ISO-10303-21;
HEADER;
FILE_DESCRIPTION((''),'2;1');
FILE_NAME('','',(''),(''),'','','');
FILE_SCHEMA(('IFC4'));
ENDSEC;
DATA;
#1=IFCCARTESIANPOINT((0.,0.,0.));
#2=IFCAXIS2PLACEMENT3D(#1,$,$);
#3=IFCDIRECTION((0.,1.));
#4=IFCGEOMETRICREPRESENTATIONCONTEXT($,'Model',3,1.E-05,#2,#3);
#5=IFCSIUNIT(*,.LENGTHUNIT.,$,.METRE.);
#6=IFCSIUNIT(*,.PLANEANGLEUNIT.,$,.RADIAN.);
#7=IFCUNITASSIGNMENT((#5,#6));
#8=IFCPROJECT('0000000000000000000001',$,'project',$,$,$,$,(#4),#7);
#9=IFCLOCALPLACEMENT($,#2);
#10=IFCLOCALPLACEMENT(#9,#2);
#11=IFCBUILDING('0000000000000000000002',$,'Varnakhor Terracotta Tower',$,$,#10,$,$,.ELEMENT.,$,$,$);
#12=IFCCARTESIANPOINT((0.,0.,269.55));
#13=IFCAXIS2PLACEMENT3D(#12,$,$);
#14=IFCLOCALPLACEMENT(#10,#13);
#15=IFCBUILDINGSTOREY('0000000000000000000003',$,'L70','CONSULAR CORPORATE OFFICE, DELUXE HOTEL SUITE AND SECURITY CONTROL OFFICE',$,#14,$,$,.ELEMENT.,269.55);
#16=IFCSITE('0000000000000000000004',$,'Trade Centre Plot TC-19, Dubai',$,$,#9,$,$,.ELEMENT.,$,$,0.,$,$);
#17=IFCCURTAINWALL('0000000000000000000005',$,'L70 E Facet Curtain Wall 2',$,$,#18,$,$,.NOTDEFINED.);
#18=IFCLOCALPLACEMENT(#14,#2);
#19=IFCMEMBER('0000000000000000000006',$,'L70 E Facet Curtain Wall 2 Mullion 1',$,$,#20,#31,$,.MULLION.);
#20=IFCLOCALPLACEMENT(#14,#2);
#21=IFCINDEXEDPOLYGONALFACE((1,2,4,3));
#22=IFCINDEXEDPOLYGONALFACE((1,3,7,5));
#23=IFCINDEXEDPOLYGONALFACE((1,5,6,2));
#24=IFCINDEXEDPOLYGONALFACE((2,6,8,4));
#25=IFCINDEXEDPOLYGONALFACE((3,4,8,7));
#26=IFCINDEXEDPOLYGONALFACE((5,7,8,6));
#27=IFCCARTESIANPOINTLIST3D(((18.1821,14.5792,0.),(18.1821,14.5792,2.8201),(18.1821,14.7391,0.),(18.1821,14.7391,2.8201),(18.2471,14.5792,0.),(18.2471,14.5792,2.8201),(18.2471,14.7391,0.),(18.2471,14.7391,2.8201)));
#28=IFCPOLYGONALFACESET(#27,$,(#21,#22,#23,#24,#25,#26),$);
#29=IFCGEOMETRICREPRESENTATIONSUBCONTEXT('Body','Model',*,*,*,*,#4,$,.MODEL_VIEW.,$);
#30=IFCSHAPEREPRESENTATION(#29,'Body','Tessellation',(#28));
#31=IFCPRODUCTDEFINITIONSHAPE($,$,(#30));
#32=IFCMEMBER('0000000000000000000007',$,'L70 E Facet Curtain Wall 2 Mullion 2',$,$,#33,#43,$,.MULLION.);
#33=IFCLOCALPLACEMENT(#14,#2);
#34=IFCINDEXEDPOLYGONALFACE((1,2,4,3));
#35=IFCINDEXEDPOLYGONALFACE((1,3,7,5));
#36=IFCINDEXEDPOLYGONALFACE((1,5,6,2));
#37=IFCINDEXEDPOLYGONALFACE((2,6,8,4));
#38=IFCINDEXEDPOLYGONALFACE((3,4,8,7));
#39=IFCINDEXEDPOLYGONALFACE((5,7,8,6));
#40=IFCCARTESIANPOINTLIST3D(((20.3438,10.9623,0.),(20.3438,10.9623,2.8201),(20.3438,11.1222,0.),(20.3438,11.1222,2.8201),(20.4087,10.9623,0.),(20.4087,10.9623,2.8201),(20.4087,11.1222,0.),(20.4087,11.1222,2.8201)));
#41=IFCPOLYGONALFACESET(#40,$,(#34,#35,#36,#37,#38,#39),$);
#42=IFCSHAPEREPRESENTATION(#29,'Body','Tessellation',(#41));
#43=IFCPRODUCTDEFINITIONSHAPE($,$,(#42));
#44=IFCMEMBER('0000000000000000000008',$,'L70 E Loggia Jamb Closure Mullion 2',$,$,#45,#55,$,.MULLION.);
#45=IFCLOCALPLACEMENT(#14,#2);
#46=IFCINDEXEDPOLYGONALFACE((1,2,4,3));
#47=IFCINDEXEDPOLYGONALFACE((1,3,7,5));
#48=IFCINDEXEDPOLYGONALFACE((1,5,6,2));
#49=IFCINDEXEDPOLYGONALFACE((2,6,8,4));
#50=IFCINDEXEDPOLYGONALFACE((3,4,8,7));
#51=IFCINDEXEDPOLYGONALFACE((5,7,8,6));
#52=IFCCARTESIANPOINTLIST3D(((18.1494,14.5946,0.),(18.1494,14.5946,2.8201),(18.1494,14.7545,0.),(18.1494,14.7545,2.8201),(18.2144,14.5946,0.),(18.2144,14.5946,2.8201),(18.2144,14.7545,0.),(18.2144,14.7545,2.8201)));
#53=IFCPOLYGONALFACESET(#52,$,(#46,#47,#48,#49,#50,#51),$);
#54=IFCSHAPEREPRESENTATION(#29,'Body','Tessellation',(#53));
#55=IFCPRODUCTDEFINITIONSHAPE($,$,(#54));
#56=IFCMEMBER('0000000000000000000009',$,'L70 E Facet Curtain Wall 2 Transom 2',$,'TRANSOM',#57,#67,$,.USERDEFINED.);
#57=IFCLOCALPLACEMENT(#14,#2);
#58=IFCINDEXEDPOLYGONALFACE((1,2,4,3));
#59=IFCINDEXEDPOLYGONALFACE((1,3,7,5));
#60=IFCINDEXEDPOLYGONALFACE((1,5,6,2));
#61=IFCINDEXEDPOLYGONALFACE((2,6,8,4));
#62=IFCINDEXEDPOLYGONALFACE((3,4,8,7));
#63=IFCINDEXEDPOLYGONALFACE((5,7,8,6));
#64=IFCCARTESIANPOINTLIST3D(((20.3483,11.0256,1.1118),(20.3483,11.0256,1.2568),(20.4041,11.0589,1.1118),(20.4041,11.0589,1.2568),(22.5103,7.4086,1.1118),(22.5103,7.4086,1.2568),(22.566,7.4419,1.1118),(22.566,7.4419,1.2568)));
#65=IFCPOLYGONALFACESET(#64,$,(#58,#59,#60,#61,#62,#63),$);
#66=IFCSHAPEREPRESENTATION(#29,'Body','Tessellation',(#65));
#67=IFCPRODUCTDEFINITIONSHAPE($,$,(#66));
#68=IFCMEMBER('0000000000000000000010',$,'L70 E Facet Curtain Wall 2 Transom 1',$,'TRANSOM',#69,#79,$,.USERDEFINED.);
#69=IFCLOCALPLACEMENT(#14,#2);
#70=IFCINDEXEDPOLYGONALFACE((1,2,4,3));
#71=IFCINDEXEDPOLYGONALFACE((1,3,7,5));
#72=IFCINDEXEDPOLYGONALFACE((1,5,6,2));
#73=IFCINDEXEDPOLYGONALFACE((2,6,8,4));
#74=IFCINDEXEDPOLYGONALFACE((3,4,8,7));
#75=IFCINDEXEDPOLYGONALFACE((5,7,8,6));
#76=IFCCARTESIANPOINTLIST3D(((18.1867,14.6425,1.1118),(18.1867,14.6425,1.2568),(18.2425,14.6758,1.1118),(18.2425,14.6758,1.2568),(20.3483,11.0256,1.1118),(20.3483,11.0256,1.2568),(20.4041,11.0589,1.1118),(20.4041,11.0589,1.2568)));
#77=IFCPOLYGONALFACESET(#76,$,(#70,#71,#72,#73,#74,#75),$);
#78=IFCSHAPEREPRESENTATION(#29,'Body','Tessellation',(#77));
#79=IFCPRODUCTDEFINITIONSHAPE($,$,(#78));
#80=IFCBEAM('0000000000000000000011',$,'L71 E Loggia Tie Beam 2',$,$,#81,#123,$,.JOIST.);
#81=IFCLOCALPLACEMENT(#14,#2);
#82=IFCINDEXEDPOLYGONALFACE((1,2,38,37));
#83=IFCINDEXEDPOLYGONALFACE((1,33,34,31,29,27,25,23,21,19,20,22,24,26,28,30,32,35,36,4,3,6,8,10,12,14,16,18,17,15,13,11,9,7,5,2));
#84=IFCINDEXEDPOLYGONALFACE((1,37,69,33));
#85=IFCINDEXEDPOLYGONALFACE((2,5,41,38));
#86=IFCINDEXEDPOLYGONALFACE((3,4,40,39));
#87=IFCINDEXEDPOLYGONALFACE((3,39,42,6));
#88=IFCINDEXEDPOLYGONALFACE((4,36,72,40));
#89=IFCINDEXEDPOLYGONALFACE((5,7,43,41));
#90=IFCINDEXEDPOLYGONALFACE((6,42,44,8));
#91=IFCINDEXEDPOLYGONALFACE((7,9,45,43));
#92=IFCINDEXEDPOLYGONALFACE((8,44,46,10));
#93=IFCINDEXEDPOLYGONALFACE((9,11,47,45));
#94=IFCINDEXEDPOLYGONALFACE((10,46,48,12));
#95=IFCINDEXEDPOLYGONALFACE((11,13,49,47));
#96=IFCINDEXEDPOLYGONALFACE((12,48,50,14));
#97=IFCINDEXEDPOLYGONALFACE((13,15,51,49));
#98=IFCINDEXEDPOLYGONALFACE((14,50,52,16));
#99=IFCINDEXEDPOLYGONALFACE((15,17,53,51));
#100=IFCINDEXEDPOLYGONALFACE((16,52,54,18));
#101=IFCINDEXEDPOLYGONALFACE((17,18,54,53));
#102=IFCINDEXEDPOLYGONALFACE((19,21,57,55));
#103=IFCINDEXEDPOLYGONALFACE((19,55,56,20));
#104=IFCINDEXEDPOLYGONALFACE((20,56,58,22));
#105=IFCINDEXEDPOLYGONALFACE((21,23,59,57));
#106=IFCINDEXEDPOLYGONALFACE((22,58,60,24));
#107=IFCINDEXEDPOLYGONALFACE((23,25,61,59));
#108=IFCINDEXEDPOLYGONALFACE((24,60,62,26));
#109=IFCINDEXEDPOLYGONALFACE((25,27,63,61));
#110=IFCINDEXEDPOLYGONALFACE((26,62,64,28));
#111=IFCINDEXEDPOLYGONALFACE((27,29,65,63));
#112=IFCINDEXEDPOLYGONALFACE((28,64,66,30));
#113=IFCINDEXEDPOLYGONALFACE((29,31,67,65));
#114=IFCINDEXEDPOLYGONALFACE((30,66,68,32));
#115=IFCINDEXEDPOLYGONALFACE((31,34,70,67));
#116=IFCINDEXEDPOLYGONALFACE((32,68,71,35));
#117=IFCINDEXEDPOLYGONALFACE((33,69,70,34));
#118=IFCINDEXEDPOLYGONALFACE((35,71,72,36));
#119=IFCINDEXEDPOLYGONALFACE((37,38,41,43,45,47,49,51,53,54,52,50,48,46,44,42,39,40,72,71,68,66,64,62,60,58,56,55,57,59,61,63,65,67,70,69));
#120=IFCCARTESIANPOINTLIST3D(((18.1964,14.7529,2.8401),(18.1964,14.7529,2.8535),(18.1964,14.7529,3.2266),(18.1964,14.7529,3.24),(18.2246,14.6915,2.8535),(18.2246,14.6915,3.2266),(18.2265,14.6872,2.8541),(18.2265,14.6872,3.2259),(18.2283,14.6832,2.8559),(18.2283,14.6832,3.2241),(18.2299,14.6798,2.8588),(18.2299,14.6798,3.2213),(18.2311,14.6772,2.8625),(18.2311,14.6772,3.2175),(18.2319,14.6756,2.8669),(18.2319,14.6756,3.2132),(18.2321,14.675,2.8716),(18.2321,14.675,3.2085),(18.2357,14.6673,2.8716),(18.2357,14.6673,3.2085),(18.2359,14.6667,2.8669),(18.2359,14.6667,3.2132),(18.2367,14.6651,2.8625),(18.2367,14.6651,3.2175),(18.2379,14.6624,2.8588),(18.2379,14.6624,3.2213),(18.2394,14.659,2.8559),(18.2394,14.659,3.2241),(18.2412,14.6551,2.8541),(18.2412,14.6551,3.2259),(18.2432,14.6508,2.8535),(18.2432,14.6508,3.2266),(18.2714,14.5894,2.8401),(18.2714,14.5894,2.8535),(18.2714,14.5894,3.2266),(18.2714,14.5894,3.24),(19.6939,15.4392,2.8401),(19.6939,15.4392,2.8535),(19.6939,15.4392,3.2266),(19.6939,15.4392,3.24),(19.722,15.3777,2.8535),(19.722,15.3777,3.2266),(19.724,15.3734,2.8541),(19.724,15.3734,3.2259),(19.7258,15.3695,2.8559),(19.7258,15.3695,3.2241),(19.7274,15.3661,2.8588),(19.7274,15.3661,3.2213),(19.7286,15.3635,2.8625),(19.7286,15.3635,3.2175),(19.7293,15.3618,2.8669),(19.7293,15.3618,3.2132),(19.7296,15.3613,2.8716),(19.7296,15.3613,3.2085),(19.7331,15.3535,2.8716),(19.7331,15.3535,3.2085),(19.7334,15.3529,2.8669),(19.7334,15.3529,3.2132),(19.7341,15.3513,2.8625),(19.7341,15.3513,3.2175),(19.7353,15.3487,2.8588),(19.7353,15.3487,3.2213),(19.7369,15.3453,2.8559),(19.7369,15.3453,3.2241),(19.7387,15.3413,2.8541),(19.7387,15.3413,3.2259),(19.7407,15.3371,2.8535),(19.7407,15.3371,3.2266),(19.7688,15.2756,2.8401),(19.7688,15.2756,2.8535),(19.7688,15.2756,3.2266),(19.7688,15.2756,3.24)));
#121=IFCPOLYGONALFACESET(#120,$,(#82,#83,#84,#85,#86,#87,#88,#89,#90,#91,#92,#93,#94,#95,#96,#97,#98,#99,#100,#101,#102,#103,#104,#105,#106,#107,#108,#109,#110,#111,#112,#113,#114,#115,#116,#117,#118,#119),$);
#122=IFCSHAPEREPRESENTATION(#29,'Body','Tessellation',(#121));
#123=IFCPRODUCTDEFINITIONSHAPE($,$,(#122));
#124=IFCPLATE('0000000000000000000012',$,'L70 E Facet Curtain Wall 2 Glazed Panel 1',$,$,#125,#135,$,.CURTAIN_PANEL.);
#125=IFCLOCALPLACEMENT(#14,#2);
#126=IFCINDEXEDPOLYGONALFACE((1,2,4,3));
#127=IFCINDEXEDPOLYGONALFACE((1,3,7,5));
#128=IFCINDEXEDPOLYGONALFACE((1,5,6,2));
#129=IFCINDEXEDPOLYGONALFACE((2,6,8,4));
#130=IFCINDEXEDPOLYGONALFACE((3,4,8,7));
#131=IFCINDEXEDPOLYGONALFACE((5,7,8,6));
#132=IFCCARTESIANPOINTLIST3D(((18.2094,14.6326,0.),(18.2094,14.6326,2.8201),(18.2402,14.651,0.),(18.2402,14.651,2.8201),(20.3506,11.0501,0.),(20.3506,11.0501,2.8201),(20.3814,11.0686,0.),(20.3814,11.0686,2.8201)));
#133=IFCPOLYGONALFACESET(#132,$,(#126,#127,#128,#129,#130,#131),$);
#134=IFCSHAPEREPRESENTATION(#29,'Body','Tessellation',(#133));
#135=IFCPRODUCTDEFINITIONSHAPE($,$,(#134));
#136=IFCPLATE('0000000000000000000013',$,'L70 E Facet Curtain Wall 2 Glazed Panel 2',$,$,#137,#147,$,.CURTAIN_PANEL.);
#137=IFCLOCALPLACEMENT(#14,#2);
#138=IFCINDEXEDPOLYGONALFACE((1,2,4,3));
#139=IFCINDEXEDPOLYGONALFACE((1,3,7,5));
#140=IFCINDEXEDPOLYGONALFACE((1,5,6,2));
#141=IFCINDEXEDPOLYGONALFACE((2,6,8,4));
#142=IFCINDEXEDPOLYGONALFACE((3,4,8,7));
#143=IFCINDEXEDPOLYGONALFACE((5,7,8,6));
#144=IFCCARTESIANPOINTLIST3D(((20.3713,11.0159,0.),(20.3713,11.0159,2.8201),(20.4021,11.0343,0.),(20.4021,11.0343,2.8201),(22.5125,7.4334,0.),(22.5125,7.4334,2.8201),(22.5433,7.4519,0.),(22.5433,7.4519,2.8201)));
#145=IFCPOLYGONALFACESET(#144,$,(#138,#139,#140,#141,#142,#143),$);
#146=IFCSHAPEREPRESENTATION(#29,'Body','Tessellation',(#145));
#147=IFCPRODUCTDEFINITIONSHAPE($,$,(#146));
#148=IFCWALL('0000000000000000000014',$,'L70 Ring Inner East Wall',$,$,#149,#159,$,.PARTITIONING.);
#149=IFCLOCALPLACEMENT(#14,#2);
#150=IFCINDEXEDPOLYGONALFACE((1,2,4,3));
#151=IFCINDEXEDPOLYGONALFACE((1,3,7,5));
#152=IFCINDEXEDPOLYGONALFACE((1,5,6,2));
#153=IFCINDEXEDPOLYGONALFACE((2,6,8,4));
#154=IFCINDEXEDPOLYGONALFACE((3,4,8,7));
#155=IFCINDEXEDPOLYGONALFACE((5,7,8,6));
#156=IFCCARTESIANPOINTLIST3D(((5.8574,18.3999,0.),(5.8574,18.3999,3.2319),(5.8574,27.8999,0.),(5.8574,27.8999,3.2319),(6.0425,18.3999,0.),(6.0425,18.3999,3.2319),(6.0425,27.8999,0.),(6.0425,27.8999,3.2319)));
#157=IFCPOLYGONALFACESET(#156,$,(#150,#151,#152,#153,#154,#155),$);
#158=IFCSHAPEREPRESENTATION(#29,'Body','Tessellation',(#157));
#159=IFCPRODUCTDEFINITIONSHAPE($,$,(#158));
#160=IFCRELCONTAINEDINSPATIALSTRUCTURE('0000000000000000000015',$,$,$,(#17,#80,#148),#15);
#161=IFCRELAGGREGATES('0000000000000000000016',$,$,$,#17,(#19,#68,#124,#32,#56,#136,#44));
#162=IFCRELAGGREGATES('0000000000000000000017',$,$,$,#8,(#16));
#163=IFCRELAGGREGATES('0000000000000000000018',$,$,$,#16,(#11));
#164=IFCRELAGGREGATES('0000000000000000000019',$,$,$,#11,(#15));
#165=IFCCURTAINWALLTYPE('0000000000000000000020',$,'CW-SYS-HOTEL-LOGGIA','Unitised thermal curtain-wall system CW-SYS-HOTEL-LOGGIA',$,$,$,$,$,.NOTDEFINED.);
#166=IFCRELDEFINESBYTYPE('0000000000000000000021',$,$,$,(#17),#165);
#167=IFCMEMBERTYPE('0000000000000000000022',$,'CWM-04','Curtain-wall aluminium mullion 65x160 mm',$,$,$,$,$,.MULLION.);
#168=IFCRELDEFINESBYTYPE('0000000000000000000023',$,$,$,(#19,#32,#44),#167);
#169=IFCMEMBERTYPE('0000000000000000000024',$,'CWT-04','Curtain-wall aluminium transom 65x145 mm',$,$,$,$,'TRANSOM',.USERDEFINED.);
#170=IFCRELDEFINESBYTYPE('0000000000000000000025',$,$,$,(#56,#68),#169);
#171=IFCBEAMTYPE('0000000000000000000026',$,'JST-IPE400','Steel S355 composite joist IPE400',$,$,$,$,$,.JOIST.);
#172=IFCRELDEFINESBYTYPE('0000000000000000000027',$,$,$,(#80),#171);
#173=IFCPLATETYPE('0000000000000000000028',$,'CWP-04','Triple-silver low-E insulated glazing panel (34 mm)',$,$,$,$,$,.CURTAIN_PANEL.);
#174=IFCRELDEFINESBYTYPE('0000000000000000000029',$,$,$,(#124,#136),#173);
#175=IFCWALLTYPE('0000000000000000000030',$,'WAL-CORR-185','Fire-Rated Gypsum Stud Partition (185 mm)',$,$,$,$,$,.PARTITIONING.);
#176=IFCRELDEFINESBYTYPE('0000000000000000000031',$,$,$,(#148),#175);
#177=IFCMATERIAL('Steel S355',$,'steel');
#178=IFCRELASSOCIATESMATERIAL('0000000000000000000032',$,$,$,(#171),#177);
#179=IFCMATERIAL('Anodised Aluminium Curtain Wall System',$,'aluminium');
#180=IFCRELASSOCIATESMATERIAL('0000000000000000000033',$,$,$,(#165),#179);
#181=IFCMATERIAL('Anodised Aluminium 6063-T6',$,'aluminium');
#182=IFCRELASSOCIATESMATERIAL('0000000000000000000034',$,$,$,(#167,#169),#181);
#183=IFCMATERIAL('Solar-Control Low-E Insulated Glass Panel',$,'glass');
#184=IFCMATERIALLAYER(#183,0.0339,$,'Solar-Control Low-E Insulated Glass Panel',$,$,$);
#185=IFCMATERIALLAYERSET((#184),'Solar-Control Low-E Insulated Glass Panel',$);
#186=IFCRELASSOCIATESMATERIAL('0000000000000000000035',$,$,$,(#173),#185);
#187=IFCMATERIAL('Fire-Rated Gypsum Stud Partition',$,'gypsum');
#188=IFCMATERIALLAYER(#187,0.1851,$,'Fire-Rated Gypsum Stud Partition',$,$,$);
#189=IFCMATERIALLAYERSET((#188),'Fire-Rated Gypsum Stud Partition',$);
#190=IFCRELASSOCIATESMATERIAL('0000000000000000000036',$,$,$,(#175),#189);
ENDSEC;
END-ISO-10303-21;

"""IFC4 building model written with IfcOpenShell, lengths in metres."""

from ifc_helpers import new_model, si_unit, direction, frame, frame_2d, origin, origin_2d, place, context, subcontext, project, spatial, rectangle, i_section, extrude, source, transform, mapped, material, layer, layer_set, material_profile, profile_set, type_object, type_shapes, element, aggregate, save


model = new_model("IFC4")

# Units and contexts
model_context = context("Model", 3, precision=1e-05, world=origin(), true_north=direction((0.0, 1.0)))
body_context = subcontext(model_context, "Body", "Model", "MODEL_VIEW")
ifc_project = project(units=[si_unit("LENGTHUNIT", "METRE"), si_unit("PLANEANGLEUNIT", "RADIAN")], contexts=[model_context])

# Site, building, storey
site_placement = place(None, origin())
site = spatial("IfcSite", under=ifc_project, at=site_placement, Name="Trade Centre Plot TC-19, Dubai", CompositionType="ELEMENT", RefElevation=0.0)
building_placement = place(site_placement, origin())
building = spatial("IfcBuilding", under=site, at=building_placement, Name="Varnakhor Terracotta Tower", CompositionType="ELEMENT")
storey_placement = place(building_placement, frame((0.0, 0.0, 269.55)))
storey = spatial("IfcBuildingStorey", under=building, at=storey_placement, Name="L70", Description="CONSULAR CORPORATE OFFICE, DELUXE HOTEL SUITE AND SECURITY CONTROL OFFICE", CompositionType="ELEMENT", Elevation=269.55)

# Shared definitions
ifc_material_1 = material(Name="Steel S355", Category="steel")
ifc_material_profile_1 = material_profile(ifc_material_1, i_section(OverallWidth=0.1799, OverallDepth=0.3999, WebThickness=0.0085, FlangeThickness=0.0134, FilletRadius=0.0181, at=origin_2d()), Name="IPE400")
ifc_profile_set_1 = profile_set([ifc_material_profile_1], Name="Steel S355")
beam_type_1 = type_object("IfcBeamType", Name="JST-IPE400", Description="Steel S355 composite joist IPE400", PredefinedType="JOIST", material=ifc_profile_set_1)

# Curtain wall, members
ifc_material_2 = material(Name="Anodised Aluminium Curtain Wall System", Category="aluminium")
curtain_wall_type = type_object("IfcCurtainWallType", Name="CW-SYS-HOTEL-LOGGIA", Description="Unitised thermal curtain-wall system CW-SYS-HOTEL-LOGGIA", PredefinedType="NOTDEFINED", material=ifc_material_2)
curtain_wall_placement = place(storey_placement, origin())
curtain_wall = element("IfcCurtainWall", 1, at=curtain_wall_placement, inside=storey, type_object=curtain_wall_type, Name="L70 E Facet Curtain Wall 2", PredefinedType="NOTDEFINED")
ifc_material_3 = material(Name="Anodised Aluminium 6063-T6", Category="aluminium")
ifc_material_profile_2 = material_profile(ifc_material_3, rectangle(XDim=0.0649, YDim=0.1599, at=origin_2d()), Name="ALU MULLION 65x160")
ifc_profile_set_2 = profile_set([ifc_material_profile_2], Name="Anodised Aluminium 6063-T6")
member_type_1 = type_object("IfcMemberType", Name="CWM-04", Description="Curtain-wall aluminium mullion 65x160 mm", PredefinedType="MULLION", material=ifc_profile_set_2)
shared_shape_1 = source(origin(), body_context, "Body", "SweptSolid", [
    extrude(rectangle(XDim=0.0649, YDim=0.1599, at=origin_2d()), origin(), (0.0, 0.0, 1.0), 2.8201),
])
type_shapes(member_type_1, [shared_shape_1])
member_1_placement = place(storey_placement, frame((18.2146, 14.6592, 0.0), z_axis=(0.0, 0.0, 1.0), x_axis=(1.0, 0.0, 0.0)))
member_1 = element("IfcMember", 2, at=member_1_placement, type_object=member_type_1, Name="L70 E Facet Curtain Wall 2 Mullion 1", PredefinedType="MULLION", context=body_context, shape_type="MappedRepresentation", body=[
    mapped(shared_shape_1, transform((0.0, 0.0, 0.0), scale=1.0)),
])
member_2_placement = place(storey_placement, frame((20.3762, 11.0422, 0.0), z_axis=(0.0, 0.0, 1.0), x_axis=(1.0, 0.0, 0.0)))
member_2 = element("IfcMember", 3, at=member_2_placement, type_object=member_type_1, Name="L70 E Facet Curtain Wall 2 Mullion 2", PredefinedType="MULLION", context=body_context, shape_type="MappedRepresentation", body=[
    mapped(shared_shape_1, transform((0.0, 0.0, 0.0), scale=1.0)),
])
member_3_placement = place(storey_placement, frame((18.1819, 14.6746, 0.0), z_axis=(0.0, 0.0, 1.0), x_axis=(1.0, 0.0, 0.0)))
member_3 = element("IfcMember", 4, at=member_3_placement, type_object=member_type_1, Name="L70 E Loggia Jamb Closure Mullion 2", PredefinedType="MULLION", context=body_context, shape_type="MappedRepresentation", body=[
    mapped(shared_shape_1, transform((0.0, 0.0, 0.0), scale=1.0)),
])
ifc_material_profile_3 = material_profile(ifc_material_3, rectangle(XDim=0.0649, YDim=0.145, at=origin_2d()), Name="ALU TRANSOM 65x145")
ifc_profile_set_3 = profile_set([ifc_material_profile_3], Name="Anodised Aluminium 6063-T6")
member_type_2 = type_object("IfcMemberType", Name="CWT-04", Description="Curtain-wall aluminium transom 65x145 mm", ElementType="TRANSOM", PredefinedType="USERDEFINED", material=ifc_profile_set_3)
shared_shape_2 = source(origin(), body_context, "Body", "SweptSolid", [
    extrude(rectangle(XDim=0.0649, YDim=0.145, at=origin_2d()), origin(), (0.0, 0.0, 1.0), 4.2139),
])
member_4_placement = place(storey_placement, frame((20.3762, 11.0422, 1.1843), z_axis=(0.513047, -0.858361, 0.0), x_axis=(0.858361, 0.513047, 0.0)))
member_4 = element("IfcMember", 5, at=member_4_placement, type_object=member_type_2, Name="L70 E Facet Curtain Wall 2 Transom 2", ObjectType="TRANSOM", PredefinedType="USERDEFINED", context=body_context, shape_type="MappedRepresentation", body=[
    mapped(shared_shape_2, transform((0.0, 0.0, 0.0), scale=1.0)),
])
shared_shape_3 = source(origin(), body_context, "Body", "SweptSolid", [
    extrude(rectangle(XDim=0.0649, YDim=0.145, at=origin_2d()), origin(), (0.0, 0.0, 1.0), 4.2136),
])
member_5_placement = place(storey_placement, frame((18.2146, 14.6592, 1.1843), z_axis=(0.513004, -0.858386, 0.0), x_axis=(0.858386, 0.513004, 0.0)))
member_5 = element("IfcMember", 6, at=member_5_placement, type_object=member_type_2, Name="L70 E Facet Curtain Wall 2 Transom 1", ObjectType="TRANSOM", PredefinedType="USERDEFINED", context=body_context, shape_type="MappedRepresentation", body=[
    mapped(shared_shape_3, transform((0.0, 0.0, 0.0), scale=1.0)),
])

# Beam
shared_shape_4 = source(origin(), body_context, "Body", "SweptSolid", [
    extrude(i_section(OverallWidth=0.1799, OverallDepth=0.3999, WebThickness=0.0085, FlangeThickness=0.0134, FilletRadius=0.0181, at=origin_2d()), origin(), (0.0, 0.0, 1.0), 1.6472),
])
beam_1_placement = place(storey_placement, frame((18.2339, 14.6711, 3.04), z_axis=(0.909088, 0.416604, 0.0), x_axis=(-0.416604, 0.909088, 0.0)))
element("IfcBeam", 7, at=beam_1_placement, inside=storey, type_object=beam_type_1, Name="L71 E Loggia Tie Beam 2", PredefinedType="JOIST", context=body_context, shape_type="MappedRepresentation", body=[
    mapped(shared_shape_4, transform((0.0, 0.0, 0.0), scale=1.0)),
])

# Plates
ifc_material_4 = material(Name="Solar-Control Low-E Insulated Glass Panel", Category="glass")
ifc_layer_1 = layer(ifc_material_4, 0.0339, Name="Solar-Control Low-E Insulated Glass Panel")
ifc_layer_set_1 = layer_set([ifc_layer_1], Name="Solar-Control Low-E Insulated Glass Panel")
plate_type = type_object("IfcPlateType", Name="CWP-04", Description="Triple-silver low-E insulated glazing panel (34 mm)", PredefinedType="CURTAIN_PANEL", material=ifc_layer_set_1)
shared_shape_5 = source(origin(), body_context, "Body", "SweptSolid", [
    extrude(rectangle(XDim=4.1736, YDim=0.0359, at=origin_2d()), origin(), (0.0, 0.0, 1.0), 2.8201),
])
plate_1_placement = place(storey_placement, frame((19.2954, 12.8506, 0.0), z_axis=(0.0, 0.0, 1.0), x_axis=(0.513032, -0.858369, 0.0)))
plate_1 = element("IfcPlate", 8, at=plate_1_placement, type_object=plate_type, Name="L70 E Facet Curtain Wall 2 Glazed Panel 1", PredefinedType="CURTAIN_PANEL", context=body_context, shape_type="MappedRepresentation", body=[
    mapped(shared_shape_5, transform((0.0, 0.0, 0.0), scale=1.0)),
])
plate_2_placement = place(storey_placement, frame((21.4573, 9.2339, 0.0), z_axis=(0.0, 0.0, 1.0), x_axis=(0.513032, -0.858369, 0.0)))
plate_2 = element("IfcPlate", 9, at=plate_2_placement, type_object=plate_type, Name="L70 E Facet Curtain Wall 2 Glazed Panel 2", PredefinedType="CURTAIN_PANEL", context=body_context, shape_type="MappedRepresentation", body=[
    mapped(shared_shape_5, transform((0.0, 0.0, 0.0), scale=1.0)),
])
aggregate(curtain_wall, [member_1, member_5, plate_1, member_2, member_4, plate_2, member_3])

# Wall
ifc_material_5 = material(Name="Fire-Rated Gypsum Stud Partition", Category="gypsum")
ifc_layer_2 = layer(ifc_material_5, 0.1851, Name="Fire-Rated Gypsum Stud Partition")
ifc_layer_set_2 = layer_set([ifc_layer_2], Name="Fire-Rated Gypsum Stud Partition")
wall_type_1 = type_object("IfcWallType", Name="WAL-CORR-185", Description="Fire-Rated Gypsum Stud Partition (185 mm)", PredefinedType="PARTITIONING", material=ifc_layer_set_2)
wall_1_placement = place(storey_placement, frame((5.95, 18.3999, 0.0), z_axis=(0.0, 0.0, 1.0), x_axis=(0.0, 1.0, 0.0)))
element("IfcWall", 10, at=wall_1_placement, inside=storey, type_object=wall_type_1, Name="L70 Ring Inner East Wall", PredefinedType="PARTITIONING", context=body_context, shape_type="SweptSolid", body=[
    extrude(rectangle(XDim=9.5, YDim=0.1851, at=frame_2d((4.75, 0.0))), origin(), (0.0, 0.0, 1.0), 3.2319),
])

save(model, "model.ifc")
